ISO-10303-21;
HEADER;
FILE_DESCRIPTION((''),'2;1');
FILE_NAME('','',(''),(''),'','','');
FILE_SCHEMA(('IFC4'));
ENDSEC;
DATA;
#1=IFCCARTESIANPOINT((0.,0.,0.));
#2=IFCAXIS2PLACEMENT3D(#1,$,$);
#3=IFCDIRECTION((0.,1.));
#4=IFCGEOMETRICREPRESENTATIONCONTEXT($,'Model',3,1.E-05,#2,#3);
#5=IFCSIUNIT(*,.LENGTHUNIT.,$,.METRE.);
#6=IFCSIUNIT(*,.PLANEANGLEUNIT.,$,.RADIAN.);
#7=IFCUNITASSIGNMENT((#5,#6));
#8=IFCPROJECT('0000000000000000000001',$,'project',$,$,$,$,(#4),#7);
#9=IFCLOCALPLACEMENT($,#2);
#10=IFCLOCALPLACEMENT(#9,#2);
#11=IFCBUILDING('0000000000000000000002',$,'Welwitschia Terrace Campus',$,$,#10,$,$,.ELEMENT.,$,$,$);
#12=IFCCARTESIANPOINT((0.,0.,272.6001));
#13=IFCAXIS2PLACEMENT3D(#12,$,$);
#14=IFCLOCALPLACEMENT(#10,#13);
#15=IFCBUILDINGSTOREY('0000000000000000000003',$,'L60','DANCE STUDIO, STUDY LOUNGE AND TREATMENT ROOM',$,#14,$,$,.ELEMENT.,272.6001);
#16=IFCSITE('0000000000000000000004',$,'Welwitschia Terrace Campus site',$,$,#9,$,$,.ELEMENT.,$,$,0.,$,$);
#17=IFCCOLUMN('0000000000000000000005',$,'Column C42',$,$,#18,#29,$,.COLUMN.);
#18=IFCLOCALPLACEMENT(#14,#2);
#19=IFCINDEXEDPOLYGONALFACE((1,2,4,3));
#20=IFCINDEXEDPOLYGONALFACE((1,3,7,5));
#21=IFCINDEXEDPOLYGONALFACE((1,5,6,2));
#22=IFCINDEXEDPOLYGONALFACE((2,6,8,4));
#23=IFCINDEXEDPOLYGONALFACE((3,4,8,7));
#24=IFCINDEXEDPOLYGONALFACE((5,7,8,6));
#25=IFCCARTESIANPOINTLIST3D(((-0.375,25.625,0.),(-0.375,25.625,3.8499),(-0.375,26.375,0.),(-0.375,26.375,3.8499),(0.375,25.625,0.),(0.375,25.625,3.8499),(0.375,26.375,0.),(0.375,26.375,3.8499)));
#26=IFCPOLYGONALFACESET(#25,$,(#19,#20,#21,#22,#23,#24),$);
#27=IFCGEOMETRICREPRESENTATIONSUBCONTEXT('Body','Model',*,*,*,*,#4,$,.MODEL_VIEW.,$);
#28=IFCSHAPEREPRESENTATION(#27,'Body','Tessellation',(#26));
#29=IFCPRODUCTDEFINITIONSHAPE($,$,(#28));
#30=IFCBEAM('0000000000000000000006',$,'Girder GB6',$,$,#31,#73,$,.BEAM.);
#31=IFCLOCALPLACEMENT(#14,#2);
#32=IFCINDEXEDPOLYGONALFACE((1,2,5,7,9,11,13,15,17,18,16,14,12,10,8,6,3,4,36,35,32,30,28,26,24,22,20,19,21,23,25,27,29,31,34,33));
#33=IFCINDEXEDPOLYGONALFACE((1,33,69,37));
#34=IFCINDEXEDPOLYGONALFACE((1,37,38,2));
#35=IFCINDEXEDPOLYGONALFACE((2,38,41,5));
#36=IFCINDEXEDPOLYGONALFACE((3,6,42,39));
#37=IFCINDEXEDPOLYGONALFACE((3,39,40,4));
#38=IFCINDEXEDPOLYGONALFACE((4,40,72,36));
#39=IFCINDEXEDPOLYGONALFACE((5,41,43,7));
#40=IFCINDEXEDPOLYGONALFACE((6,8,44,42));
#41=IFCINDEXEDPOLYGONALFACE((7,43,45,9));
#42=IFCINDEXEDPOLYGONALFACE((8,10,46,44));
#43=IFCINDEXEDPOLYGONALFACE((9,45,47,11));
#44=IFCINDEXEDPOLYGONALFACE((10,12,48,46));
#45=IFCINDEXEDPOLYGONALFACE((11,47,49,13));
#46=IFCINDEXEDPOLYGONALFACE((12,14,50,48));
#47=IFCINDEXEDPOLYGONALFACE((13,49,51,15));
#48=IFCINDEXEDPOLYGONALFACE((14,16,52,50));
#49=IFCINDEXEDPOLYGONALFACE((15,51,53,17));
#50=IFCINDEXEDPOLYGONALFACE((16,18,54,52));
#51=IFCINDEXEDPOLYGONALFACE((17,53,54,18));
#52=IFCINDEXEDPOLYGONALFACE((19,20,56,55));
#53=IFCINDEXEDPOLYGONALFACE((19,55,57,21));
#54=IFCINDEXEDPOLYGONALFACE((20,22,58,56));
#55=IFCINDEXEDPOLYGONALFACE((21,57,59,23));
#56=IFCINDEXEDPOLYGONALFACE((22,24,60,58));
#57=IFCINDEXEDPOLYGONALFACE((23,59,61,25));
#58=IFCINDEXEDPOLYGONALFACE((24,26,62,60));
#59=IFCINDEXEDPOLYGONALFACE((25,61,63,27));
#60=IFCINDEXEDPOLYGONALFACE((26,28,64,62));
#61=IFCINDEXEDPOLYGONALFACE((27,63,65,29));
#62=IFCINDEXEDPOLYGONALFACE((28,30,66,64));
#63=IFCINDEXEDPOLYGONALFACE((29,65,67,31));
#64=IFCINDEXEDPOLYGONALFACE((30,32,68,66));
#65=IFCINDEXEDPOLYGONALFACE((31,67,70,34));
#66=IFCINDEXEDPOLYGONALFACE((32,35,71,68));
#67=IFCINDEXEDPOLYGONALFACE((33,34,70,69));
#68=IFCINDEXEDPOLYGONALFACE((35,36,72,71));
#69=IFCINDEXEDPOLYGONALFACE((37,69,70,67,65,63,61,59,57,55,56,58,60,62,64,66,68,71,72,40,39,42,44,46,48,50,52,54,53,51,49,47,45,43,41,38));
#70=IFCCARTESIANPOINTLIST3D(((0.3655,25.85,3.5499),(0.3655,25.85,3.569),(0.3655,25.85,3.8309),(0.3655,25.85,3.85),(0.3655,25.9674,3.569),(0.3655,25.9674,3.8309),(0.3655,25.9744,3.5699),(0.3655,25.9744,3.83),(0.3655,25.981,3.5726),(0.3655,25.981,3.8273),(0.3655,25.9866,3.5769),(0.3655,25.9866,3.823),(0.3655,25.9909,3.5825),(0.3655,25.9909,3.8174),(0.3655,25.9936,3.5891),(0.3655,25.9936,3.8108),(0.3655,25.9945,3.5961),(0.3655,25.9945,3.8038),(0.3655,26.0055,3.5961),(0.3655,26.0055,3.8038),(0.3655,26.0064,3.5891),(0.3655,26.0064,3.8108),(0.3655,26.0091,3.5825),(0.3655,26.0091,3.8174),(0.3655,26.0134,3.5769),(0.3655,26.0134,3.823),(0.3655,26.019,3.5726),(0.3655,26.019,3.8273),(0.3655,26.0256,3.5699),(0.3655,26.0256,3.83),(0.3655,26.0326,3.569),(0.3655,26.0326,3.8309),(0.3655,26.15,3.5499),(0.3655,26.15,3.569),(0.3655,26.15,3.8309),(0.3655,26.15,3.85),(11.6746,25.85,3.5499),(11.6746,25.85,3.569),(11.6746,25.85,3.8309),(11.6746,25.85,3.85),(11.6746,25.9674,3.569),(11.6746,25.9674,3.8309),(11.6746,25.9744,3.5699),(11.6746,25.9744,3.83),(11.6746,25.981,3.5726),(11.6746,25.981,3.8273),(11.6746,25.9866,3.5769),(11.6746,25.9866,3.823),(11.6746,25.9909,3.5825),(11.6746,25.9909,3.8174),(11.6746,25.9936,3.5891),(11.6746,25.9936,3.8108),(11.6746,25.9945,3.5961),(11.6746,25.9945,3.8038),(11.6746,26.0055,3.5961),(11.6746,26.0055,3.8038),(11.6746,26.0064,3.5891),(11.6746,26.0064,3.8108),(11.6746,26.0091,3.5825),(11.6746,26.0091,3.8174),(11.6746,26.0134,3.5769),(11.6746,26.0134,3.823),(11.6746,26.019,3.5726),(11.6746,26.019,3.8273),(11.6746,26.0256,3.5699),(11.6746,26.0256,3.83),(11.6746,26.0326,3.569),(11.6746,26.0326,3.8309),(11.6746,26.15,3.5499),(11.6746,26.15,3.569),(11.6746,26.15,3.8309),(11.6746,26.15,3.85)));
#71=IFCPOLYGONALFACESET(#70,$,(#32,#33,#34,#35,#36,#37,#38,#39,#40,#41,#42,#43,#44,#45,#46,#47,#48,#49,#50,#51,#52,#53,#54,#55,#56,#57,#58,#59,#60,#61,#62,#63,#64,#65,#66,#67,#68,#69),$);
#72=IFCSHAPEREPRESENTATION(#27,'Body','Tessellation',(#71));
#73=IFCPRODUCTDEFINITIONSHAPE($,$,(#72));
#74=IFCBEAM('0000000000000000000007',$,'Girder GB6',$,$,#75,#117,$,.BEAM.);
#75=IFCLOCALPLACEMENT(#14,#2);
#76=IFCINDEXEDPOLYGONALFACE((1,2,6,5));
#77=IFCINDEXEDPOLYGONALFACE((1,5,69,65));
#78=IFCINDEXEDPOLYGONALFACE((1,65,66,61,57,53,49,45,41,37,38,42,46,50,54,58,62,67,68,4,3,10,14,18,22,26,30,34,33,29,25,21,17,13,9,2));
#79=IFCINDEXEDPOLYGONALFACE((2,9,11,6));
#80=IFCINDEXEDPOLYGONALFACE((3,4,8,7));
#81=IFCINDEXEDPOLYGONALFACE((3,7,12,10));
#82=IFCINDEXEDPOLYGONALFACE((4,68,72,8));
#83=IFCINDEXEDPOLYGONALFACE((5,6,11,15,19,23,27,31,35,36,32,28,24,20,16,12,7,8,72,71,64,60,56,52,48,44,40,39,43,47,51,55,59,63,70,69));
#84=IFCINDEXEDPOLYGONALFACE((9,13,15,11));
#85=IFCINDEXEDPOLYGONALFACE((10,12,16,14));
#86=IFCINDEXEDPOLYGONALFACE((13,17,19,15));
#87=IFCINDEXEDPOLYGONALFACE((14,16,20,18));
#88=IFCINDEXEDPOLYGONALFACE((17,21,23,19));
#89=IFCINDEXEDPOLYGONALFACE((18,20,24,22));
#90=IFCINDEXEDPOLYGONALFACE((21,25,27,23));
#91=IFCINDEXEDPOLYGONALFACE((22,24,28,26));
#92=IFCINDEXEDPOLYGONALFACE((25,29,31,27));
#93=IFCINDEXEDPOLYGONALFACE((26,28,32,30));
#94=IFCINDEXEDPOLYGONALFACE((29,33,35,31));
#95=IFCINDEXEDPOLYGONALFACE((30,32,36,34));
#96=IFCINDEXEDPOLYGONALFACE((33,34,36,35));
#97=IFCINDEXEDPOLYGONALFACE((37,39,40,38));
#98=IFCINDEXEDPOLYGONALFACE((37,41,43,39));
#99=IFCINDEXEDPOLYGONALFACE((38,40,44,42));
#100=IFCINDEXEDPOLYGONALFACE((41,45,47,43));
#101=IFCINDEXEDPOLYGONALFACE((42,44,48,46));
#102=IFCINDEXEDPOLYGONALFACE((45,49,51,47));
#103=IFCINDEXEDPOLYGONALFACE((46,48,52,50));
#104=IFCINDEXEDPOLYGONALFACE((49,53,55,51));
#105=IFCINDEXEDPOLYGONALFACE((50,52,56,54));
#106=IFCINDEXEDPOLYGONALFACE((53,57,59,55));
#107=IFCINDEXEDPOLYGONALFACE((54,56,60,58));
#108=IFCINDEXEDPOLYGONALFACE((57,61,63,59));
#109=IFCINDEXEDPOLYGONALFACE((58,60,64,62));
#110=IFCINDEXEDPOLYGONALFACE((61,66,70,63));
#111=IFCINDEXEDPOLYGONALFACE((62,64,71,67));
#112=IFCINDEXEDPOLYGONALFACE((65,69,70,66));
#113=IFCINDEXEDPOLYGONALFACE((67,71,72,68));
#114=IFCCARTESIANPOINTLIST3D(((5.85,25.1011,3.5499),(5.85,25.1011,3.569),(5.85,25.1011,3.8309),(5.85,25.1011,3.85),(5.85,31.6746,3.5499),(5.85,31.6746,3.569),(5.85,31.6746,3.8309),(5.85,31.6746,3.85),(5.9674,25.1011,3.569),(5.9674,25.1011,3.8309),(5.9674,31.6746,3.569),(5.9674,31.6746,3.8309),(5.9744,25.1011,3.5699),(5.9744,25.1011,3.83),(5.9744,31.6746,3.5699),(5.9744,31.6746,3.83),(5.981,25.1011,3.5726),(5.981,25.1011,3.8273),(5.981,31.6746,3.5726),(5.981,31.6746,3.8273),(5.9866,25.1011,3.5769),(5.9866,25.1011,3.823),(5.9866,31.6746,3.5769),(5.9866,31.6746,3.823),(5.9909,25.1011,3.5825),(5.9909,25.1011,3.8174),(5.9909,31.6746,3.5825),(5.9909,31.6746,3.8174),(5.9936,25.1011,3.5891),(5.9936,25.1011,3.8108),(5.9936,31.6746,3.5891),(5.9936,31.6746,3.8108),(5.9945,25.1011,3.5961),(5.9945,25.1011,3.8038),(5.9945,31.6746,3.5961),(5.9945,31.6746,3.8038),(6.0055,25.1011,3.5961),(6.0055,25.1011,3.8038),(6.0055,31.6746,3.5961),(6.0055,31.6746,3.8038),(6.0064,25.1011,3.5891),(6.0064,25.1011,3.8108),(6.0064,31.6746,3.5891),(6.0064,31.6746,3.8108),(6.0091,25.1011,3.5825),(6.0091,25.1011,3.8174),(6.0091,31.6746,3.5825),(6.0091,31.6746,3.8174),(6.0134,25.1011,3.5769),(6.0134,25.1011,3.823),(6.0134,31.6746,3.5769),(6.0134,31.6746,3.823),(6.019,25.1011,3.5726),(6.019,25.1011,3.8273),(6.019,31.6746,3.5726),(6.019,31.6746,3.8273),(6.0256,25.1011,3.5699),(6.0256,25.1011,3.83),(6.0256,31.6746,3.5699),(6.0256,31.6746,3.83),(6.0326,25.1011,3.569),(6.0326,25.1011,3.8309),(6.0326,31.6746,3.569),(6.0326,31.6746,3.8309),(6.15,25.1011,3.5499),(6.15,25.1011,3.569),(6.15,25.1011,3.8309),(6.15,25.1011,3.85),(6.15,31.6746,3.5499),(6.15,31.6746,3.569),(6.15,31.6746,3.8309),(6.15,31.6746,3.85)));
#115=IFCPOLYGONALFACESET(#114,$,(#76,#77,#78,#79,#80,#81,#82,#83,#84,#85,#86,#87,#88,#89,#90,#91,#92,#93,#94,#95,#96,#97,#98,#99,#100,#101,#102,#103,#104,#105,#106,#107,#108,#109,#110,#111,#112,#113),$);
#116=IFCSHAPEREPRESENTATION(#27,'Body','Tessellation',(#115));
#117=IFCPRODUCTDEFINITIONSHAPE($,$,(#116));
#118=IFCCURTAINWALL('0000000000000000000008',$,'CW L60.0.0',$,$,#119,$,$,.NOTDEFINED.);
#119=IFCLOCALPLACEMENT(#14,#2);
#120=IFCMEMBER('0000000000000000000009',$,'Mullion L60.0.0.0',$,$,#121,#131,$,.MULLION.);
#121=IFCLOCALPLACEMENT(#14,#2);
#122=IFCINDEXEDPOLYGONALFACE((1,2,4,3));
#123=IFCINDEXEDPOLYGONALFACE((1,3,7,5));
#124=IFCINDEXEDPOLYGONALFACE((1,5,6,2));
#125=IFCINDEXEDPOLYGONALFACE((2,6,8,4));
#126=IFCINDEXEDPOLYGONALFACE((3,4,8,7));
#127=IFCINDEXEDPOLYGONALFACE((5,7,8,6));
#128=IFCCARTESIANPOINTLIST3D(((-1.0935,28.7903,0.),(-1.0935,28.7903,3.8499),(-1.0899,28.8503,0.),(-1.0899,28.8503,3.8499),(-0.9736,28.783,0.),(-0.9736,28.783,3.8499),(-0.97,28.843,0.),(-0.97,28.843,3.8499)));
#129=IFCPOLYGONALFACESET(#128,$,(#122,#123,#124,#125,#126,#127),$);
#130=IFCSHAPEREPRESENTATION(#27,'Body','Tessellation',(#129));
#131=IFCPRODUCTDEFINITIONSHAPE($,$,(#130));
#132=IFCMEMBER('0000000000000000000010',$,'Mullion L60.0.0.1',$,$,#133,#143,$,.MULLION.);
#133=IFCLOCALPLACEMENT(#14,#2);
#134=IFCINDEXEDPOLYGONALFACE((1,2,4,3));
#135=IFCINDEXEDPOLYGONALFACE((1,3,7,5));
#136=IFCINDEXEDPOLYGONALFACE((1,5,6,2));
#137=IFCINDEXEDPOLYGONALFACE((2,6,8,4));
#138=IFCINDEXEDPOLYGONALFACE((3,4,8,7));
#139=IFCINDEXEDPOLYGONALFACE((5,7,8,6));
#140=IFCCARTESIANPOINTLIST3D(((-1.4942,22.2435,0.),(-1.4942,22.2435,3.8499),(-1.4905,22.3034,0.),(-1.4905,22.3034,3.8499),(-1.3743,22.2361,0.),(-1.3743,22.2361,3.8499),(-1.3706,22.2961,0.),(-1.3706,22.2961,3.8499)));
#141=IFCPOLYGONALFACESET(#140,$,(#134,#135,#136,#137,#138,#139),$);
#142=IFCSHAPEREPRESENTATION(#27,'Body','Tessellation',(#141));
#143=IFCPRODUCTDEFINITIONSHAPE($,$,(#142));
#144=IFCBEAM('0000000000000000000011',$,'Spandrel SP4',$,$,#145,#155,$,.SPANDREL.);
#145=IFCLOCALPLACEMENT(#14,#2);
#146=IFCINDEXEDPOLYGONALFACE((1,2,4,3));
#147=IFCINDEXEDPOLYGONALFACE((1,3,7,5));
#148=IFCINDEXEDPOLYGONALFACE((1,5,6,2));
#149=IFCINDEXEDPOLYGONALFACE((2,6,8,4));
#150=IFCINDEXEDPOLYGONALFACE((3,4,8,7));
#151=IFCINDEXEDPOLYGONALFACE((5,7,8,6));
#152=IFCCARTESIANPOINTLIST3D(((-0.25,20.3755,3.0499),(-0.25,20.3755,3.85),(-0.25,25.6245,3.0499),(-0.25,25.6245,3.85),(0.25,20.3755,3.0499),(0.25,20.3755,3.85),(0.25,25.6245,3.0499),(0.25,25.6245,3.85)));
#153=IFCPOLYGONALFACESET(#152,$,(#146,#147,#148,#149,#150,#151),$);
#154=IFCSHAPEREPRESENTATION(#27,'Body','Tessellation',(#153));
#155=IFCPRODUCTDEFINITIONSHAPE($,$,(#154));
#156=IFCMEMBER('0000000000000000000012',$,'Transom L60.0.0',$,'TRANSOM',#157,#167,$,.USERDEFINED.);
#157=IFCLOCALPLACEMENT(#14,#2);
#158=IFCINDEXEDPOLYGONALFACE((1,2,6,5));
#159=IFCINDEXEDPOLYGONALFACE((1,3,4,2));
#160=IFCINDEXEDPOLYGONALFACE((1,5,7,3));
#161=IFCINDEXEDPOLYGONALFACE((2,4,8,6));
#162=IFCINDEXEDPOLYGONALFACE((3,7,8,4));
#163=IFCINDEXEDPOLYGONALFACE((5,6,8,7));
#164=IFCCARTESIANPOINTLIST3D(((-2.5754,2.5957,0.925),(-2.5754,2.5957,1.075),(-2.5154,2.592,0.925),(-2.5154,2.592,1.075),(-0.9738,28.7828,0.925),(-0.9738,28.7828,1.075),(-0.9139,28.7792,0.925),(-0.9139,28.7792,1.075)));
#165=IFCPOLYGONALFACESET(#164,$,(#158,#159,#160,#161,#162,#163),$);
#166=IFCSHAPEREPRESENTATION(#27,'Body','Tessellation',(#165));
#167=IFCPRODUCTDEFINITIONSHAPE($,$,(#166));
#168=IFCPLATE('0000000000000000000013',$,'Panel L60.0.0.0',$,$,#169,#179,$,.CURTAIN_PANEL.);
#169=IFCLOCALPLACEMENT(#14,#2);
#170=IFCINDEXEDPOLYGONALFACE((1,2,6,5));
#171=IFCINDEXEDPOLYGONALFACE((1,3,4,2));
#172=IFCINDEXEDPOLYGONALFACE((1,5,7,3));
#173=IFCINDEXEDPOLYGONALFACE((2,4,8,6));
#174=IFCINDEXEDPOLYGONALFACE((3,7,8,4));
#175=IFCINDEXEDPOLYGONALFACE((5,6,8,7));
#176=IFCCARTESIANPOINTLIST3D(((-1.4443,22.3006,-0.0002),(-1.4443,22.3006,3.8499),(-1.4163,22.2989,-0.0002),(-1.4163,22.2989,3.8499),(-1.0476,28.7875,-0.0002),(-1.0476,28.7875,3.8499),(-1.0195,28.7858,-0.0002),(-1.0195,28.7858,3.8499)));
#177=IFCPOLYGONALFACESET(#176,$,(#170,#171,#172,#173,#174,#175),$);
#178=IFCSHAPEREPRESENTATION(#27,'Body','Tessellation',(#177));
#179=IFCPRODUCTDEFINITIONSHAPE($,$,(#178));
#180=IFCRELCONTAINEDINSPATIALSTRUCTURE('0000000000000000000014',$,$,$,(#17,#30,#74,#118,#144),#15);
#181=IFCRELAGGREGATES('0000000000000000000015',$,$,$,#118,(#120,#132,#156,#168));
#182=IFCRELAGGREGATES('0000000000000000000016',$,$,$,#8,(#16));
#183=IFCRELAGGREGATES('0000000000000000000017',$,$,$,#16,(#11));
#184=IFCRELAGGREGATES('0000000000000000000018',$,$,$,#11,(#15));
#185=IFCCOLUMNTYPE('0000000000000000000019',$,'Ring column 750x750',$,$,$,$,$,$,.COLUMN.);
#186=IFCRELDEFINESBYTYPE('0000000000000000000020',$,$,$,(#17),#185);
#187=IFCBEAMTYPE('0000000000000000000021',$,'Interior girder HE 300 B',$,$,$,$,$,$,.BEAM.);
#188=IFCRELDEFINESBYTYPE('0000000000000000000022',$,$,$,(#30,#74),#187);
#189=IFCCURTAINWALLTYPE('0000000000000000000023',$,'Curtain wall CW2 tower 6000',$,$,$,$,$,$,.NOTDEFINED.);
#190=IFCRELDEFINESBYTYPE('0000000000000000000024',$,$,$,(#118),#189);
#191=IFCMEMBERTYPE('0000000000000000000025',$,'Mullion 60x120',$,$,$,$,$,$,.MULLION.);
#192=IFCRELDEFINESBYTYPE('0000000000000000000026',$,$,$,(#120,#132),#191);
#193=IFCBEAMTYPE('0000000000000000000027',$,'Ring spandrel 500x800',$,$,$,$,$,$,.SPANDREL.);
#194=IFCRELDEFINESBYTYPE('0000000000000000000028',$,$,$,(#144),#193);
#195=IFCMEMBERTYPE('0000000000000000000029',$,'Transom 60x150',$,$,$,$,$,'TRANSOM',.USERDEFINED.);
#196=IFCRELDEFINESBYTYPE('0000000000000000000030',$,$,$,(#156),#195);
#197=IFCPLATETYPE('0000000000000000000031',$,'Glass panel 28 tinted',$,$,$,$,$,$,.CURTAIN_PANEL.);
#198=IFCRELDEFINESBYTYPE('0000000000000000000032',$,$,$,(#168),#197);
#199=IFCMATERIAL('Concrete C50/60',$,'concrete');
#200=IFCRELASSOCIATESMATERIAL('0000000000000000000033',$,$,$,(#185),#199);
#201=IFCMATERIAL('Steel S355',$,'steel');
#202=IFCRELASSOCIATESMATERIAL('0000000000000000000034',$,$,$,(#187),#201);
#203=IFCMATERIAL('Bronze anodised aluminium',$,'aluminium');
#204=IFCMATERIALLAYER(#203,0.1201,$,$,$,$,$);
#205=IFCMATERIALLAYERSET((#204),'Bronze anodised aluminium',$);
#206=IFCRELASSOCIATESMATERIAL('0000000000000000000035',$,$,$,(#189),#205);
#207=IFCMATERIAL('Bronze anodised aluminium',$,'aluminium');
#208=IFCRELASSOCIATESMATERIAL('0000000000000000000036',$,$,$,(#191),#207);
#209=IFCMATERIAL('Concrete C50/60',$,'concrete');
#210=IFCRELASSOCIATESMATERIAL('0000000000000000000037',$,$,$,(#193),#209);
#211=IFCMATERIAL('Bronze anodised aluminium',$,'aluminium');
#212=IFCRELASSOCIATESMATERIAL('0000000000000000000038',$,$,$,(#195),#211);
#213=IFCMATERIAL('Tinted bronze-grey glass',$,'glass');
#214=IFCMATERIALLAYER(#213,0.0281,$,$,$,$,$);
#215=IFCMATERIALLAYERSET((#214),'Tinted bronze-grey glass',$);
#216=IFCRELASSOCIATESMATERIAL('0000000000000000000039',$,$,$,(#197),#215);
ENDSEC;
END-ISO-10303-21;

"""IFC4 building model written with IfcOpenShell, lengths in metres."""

from ifc_helpers import new_model, si_unit, direction, frame, origin, origin_2d, place, context, subcontext, project, spatial, rectangle, i_section, extrude, material, layer, layer_set, material_profile, profile_set, type_object, element, aggregate, save


model = new_model("IFC4")

# Units and contexts
model_context = context("Model", 3, precision=1e-05, world=origin(), true_north=direction((0.0, 1.0)))
body_context = subcontext(model_context, "Body", "Model", "MODEL_VIEW")
ifc_project = project(units=[si_unit("LENGTHUNIT", "METRE"), si_unit("PLANEANGLEUNIT", "RADIAN")], contexts=[model_context])

# Site, building, storey
site_placement = place(None, origin())
site = spatial("IfcSite", under=ifc_project, at=site_placement, Name="Welwitschia Terrace Campus site", CompositionType="ELEMENT", RefElevation=0.0)
building_placement = place(site_placement, origin())
building = spatial("IfcBuilding", under=site, at=building_placement, Name="Welwitschia Terrace Campus", CompositionType="ELEMENT")
storey_placement = place(building_placement, frame((0.0, 0.0, 272.6001)))
storey = spatial("IfcBuildingStorey", under=building, at=storey_placement, Name="L60", Description="DANCE STUDIO, STUDY LOUNGE AND TREATMENT ROOM", CompositionType="ELEMENT", Elevation=272.6001)

# Column
ifc_material_1 = material(Name="Concrete C50/60", Category="concrete")
ifc_material_profile_1 = material_profile(ifc_material_1, rectangle(XDim=0.75, YDim=0.75, at=origin_2d()))
ifc_profile_set_1 = profile_set([ifc_material_profile_1], Name="Concrete C50/60")
column_type = type_object("IfcColumnType", Name="Ring column 750x750", PredefinedType="COLUMN", material=ifc_profile_set_1)
column_placement = place(storey_placement, frame((0.0, 26.0, 0.0), z_axis=(0.0, 0.0, 1.0), x_axis=(1.0, 0.0, 0.0)))
element("IfcColumn", 1, at=column_placement, inside=storey, type_object=column_type, Name="Column C42", PredefinedType="COLUMN", context=body_context, shape_type="SweptSolid", body=[
    extrude(rectangle(XDim=0.75, YDim=0.75, at=origin_2d()), origin(), (0.0, 0.0, 1.0), 3.8499),
])

# Beams
ifc_material_2 = material(Name="Steel S355", Category="steel")
ifc_material_profile_2 = material_profile(ifc_material_2, i_section(OverallWidth=0.3, OverallDepth=0.3, WebThickness=0.011, FlangeThickness=0.019, FilletRadius=0.0271, at=origin_2d()))
ifc_profile_set_2 = profile_set([ifc_material_profile_2], Name="Steel S355")
beam_type_1 = type_object("IfcBeamType", Name="Interior girder HE 300 B", PredefinedType="BEAM", material=ifc_profile_set_2)
beam_1_placement = place(storey_placement, frame((0.3655, 26.0, 3.7), z_axis=(1.0, 0.0, 0.0), x_axis=(0.0, 1.0, 0.0)))
element("IfcBeam", 2, at=beam_1_placement, inside=storey, type_object=beam_type_1, Name="Girder GB6", PredefinedType="BEAM", context=body_context, shape_type="SweptSolid", body=[
    extrude(i_section(OverallWidth=0.3, OverallDepth=0.3, WebThickness=0.011, FlangeThickness=0.019, FilletRadius=0.0271, at=origin_2d()), origin(), (0.0, 0.0, 1.0), 11.3091),
])
beam_2_placement = place(storey_placement, frame((6.0, 25.1011, 3.7), z_axis=(0.0, 1.0, 0.0), x_axis=(-1.0, 0.0, 0.0)))
element("IfcBeam", 3, at=beam_2_placement, inside=storey, type_object=beam_type_1, Name="Girder GB6", PredefinedType="BEAM", context=body_context, shape_type="SweptSolid", body=[
    extrude(i_section(OverallWidth=0.3, OverallDepth=0.3, WebThickness=0.011, FlangeThickness=0.019, FilletRadius=0.0271, at=origin_2d()), origin(), (0.0, 0.0, 1.0), 6.5735),
])

# Curtain wall, members
ifc_material_3 = material(Name="Bronze anodised aluminium", Category="aluminium")
ifc_layer_1 = layer(ifc_material_3, 0.1201)
ifc_layer_set_1 = layer_set([ifc_layer_1], Name="Bronze anodised aluminium")
curtain_wall_type = type_object("IfcCurtainWallType", Name="Curtain wall CW2 tower 6000", PredefinedType="NOTDEFINED", material=ifc_layer_set_1)
curtain_wall_placement = place(storey_placement, origin())
curtain_wall = element("IfcCurtainWall", 4, at=curtain_wall_placement, inside=storey, type_object=curtain_wall_type, Name="CW L60.0.0", PredefinedType="NOTDEFINED")
ifc_material_4 = material(Name="Bronze anodised aluminium", Category="aluminium")
ifc_material_profile_3 = material_profile(ifc_material_4, rectangle(XDim=0.1201, YDim=0.0601, at=origin_2d()))
ifc_profile_set_3 = profile_set([ifc_material_profile_3], Name="Bronze anodised aluminium")
member_type_1 = type_object("IfcMemberType", Name="Mullion 60x120", PredefinedType="MULLION", material=ifc_profile_set_3)
member_1_placement = place(storey_placement, frame((-1.0317, 28.8167, 0.0), z_axis=(0.0, 0.0, 1.0), x_axis=(0.998135, -0.061049, 0.0)))
member_1 = element("IfcMember", 5, at=member_1_placement, type_object=member_type_1, Name="Mullion L60.0.0.0", PredefinedType="MULLION", context=body_context, shape_type="SweptSolid", body=[
    extrude(rectangle(XDim=0.1201, YDim=0.0601, at=origin_2d()), origin(), (0.0, 0.0, 1.0), 3.8499),
])
member_2_placement = place(storey_placement, frame((-1.4324, 22.2698, 0.0), z_axis=(0.0, 0.0, 1.0), x_axis=(0.998135, -0.061049, 0.0)))
member_2 = element("IfcMember", 6, at=member_2_placement, type_object=member_type_1, Name="Mullion L60.0.0.1", PredefinedType="MULLION", context=body_context, shape_type="SweptSolid", body=[
    extrude(rectangle(XDim=0.1201, YDim=0.0601, at=origin_2d()), origin(), (0.0, 0.0, 1.0), 3.8499),
])

# Beam
ifc_material_5 = material(Name="Concrete C50/60", Category="concrete")
ifc_material_profile_4 = material_profile(ifc_material_5, rectangle(XDim=0.5, YDim=0.8, at=origin_2d()))
ifc_profile_set_4 = profile_set([ifc_material_profile_4], Name="Concrete C50/60")
beam_type_2 = type_object("IfcBeamType", Name="Ring spandrel 500x800", PredefinedType="SPANDREL", material=ifc_profile_set_4)
beam_3_placement = place(storey_placement, frame((0.0, 25.6245, 3.45), z_axis=(0.0, -1.0, 0.0), x_axis=(1.0, 0.0, 0.0)))
element("IfcBeam", 7, at=beam_3_placement, inside=storey, type_object=beam_type_2, Name="Spandrel SP4", PredefinedType="SPANDREL", context=body_context, shape_type="SweptSolid", body=[
    extrude(rectangle(XDim=0.5, YDim=0.8, at=origin_2d()), origin(), (0.0, 0.0, 1.0), 5.249),
])

# Member
ifc_material_6 = material(Name="Bronze anodised aluminium", Category="aluminium")
ifc_material_profile_5 = material_profile(ifc_material_6, rectangle(XDim=0.0601, YDim=0.1499, at=origin_2d()))
ifc_profile_set_5 = profile_set([ifc_material_profile_5], Name="Bronze anodised aluminium")
member_type_2 = type_object("IfcMemberType", Name="Transom 60x150", ElementType="TRANSOM", PredefinedType="USERDEFINED", material=ifc_profile_set_5)
member_3_placement = place(storey_placement, frame((-0.9438, 28.781, 1.0), z_axis=(-0.061044, -0.998135, 0.0), x_axis=(0.998135, -0.061044, 0.0)))
member_3 = element("IfcMember", 8, at=member_3_placement, type_object=member_type_2, Name="Transom L60.0.0", ObjectType="TRANSOM", PredefinedType="USERDEFINED", context=body_context, shape_type="SweptSolid", body=[
    extrude(rectangle(XDim=0.0601, YDim=0.1499, at=origin_2d()), origin(), (0.0, 0.0, 1.0), 26.2361),
])

# Plate
ifc_material_7 = material(Name="Tinted bronze-grey glass", Category="glass")
ifc_layer_2 = layer(ifc_material_7, 0.0281)
ifc_layer_set_2 = layer_set([ifc_layer_2], Name="Tinted bronze-grey glass")
plate_type = type_object("IfcPlateType", Name="Glass panel 28 tinted", PredefinedType="CURTAIN_PANEL", material=ifc_layer_set_2)
plate_placement = place(storey_placement, frame((-1.2319, 25.5432, -0.0002), z_axis=(0.0, 0.0, 1.0), x_axis=(-0.061049, -0.998135, 0.0)))
plate = element("IfcPlate", 9, at=plate_placement, type_object=plate_type, Name="Panel L60.0.0.0", PredefinedType="CURTAIN_PANEL", context=body_context, shape_type="SweptSolid", body=[
    extrude(rectangle(XDim=6.499, YDim=0.0281, at=origin_2d()), origin(), (0.0, 0.0, 1.0), 3.8501),
])
aggregate(curtain_wall, [member_1, member_2, member_3, plate])

save(model, "model.ifc")
